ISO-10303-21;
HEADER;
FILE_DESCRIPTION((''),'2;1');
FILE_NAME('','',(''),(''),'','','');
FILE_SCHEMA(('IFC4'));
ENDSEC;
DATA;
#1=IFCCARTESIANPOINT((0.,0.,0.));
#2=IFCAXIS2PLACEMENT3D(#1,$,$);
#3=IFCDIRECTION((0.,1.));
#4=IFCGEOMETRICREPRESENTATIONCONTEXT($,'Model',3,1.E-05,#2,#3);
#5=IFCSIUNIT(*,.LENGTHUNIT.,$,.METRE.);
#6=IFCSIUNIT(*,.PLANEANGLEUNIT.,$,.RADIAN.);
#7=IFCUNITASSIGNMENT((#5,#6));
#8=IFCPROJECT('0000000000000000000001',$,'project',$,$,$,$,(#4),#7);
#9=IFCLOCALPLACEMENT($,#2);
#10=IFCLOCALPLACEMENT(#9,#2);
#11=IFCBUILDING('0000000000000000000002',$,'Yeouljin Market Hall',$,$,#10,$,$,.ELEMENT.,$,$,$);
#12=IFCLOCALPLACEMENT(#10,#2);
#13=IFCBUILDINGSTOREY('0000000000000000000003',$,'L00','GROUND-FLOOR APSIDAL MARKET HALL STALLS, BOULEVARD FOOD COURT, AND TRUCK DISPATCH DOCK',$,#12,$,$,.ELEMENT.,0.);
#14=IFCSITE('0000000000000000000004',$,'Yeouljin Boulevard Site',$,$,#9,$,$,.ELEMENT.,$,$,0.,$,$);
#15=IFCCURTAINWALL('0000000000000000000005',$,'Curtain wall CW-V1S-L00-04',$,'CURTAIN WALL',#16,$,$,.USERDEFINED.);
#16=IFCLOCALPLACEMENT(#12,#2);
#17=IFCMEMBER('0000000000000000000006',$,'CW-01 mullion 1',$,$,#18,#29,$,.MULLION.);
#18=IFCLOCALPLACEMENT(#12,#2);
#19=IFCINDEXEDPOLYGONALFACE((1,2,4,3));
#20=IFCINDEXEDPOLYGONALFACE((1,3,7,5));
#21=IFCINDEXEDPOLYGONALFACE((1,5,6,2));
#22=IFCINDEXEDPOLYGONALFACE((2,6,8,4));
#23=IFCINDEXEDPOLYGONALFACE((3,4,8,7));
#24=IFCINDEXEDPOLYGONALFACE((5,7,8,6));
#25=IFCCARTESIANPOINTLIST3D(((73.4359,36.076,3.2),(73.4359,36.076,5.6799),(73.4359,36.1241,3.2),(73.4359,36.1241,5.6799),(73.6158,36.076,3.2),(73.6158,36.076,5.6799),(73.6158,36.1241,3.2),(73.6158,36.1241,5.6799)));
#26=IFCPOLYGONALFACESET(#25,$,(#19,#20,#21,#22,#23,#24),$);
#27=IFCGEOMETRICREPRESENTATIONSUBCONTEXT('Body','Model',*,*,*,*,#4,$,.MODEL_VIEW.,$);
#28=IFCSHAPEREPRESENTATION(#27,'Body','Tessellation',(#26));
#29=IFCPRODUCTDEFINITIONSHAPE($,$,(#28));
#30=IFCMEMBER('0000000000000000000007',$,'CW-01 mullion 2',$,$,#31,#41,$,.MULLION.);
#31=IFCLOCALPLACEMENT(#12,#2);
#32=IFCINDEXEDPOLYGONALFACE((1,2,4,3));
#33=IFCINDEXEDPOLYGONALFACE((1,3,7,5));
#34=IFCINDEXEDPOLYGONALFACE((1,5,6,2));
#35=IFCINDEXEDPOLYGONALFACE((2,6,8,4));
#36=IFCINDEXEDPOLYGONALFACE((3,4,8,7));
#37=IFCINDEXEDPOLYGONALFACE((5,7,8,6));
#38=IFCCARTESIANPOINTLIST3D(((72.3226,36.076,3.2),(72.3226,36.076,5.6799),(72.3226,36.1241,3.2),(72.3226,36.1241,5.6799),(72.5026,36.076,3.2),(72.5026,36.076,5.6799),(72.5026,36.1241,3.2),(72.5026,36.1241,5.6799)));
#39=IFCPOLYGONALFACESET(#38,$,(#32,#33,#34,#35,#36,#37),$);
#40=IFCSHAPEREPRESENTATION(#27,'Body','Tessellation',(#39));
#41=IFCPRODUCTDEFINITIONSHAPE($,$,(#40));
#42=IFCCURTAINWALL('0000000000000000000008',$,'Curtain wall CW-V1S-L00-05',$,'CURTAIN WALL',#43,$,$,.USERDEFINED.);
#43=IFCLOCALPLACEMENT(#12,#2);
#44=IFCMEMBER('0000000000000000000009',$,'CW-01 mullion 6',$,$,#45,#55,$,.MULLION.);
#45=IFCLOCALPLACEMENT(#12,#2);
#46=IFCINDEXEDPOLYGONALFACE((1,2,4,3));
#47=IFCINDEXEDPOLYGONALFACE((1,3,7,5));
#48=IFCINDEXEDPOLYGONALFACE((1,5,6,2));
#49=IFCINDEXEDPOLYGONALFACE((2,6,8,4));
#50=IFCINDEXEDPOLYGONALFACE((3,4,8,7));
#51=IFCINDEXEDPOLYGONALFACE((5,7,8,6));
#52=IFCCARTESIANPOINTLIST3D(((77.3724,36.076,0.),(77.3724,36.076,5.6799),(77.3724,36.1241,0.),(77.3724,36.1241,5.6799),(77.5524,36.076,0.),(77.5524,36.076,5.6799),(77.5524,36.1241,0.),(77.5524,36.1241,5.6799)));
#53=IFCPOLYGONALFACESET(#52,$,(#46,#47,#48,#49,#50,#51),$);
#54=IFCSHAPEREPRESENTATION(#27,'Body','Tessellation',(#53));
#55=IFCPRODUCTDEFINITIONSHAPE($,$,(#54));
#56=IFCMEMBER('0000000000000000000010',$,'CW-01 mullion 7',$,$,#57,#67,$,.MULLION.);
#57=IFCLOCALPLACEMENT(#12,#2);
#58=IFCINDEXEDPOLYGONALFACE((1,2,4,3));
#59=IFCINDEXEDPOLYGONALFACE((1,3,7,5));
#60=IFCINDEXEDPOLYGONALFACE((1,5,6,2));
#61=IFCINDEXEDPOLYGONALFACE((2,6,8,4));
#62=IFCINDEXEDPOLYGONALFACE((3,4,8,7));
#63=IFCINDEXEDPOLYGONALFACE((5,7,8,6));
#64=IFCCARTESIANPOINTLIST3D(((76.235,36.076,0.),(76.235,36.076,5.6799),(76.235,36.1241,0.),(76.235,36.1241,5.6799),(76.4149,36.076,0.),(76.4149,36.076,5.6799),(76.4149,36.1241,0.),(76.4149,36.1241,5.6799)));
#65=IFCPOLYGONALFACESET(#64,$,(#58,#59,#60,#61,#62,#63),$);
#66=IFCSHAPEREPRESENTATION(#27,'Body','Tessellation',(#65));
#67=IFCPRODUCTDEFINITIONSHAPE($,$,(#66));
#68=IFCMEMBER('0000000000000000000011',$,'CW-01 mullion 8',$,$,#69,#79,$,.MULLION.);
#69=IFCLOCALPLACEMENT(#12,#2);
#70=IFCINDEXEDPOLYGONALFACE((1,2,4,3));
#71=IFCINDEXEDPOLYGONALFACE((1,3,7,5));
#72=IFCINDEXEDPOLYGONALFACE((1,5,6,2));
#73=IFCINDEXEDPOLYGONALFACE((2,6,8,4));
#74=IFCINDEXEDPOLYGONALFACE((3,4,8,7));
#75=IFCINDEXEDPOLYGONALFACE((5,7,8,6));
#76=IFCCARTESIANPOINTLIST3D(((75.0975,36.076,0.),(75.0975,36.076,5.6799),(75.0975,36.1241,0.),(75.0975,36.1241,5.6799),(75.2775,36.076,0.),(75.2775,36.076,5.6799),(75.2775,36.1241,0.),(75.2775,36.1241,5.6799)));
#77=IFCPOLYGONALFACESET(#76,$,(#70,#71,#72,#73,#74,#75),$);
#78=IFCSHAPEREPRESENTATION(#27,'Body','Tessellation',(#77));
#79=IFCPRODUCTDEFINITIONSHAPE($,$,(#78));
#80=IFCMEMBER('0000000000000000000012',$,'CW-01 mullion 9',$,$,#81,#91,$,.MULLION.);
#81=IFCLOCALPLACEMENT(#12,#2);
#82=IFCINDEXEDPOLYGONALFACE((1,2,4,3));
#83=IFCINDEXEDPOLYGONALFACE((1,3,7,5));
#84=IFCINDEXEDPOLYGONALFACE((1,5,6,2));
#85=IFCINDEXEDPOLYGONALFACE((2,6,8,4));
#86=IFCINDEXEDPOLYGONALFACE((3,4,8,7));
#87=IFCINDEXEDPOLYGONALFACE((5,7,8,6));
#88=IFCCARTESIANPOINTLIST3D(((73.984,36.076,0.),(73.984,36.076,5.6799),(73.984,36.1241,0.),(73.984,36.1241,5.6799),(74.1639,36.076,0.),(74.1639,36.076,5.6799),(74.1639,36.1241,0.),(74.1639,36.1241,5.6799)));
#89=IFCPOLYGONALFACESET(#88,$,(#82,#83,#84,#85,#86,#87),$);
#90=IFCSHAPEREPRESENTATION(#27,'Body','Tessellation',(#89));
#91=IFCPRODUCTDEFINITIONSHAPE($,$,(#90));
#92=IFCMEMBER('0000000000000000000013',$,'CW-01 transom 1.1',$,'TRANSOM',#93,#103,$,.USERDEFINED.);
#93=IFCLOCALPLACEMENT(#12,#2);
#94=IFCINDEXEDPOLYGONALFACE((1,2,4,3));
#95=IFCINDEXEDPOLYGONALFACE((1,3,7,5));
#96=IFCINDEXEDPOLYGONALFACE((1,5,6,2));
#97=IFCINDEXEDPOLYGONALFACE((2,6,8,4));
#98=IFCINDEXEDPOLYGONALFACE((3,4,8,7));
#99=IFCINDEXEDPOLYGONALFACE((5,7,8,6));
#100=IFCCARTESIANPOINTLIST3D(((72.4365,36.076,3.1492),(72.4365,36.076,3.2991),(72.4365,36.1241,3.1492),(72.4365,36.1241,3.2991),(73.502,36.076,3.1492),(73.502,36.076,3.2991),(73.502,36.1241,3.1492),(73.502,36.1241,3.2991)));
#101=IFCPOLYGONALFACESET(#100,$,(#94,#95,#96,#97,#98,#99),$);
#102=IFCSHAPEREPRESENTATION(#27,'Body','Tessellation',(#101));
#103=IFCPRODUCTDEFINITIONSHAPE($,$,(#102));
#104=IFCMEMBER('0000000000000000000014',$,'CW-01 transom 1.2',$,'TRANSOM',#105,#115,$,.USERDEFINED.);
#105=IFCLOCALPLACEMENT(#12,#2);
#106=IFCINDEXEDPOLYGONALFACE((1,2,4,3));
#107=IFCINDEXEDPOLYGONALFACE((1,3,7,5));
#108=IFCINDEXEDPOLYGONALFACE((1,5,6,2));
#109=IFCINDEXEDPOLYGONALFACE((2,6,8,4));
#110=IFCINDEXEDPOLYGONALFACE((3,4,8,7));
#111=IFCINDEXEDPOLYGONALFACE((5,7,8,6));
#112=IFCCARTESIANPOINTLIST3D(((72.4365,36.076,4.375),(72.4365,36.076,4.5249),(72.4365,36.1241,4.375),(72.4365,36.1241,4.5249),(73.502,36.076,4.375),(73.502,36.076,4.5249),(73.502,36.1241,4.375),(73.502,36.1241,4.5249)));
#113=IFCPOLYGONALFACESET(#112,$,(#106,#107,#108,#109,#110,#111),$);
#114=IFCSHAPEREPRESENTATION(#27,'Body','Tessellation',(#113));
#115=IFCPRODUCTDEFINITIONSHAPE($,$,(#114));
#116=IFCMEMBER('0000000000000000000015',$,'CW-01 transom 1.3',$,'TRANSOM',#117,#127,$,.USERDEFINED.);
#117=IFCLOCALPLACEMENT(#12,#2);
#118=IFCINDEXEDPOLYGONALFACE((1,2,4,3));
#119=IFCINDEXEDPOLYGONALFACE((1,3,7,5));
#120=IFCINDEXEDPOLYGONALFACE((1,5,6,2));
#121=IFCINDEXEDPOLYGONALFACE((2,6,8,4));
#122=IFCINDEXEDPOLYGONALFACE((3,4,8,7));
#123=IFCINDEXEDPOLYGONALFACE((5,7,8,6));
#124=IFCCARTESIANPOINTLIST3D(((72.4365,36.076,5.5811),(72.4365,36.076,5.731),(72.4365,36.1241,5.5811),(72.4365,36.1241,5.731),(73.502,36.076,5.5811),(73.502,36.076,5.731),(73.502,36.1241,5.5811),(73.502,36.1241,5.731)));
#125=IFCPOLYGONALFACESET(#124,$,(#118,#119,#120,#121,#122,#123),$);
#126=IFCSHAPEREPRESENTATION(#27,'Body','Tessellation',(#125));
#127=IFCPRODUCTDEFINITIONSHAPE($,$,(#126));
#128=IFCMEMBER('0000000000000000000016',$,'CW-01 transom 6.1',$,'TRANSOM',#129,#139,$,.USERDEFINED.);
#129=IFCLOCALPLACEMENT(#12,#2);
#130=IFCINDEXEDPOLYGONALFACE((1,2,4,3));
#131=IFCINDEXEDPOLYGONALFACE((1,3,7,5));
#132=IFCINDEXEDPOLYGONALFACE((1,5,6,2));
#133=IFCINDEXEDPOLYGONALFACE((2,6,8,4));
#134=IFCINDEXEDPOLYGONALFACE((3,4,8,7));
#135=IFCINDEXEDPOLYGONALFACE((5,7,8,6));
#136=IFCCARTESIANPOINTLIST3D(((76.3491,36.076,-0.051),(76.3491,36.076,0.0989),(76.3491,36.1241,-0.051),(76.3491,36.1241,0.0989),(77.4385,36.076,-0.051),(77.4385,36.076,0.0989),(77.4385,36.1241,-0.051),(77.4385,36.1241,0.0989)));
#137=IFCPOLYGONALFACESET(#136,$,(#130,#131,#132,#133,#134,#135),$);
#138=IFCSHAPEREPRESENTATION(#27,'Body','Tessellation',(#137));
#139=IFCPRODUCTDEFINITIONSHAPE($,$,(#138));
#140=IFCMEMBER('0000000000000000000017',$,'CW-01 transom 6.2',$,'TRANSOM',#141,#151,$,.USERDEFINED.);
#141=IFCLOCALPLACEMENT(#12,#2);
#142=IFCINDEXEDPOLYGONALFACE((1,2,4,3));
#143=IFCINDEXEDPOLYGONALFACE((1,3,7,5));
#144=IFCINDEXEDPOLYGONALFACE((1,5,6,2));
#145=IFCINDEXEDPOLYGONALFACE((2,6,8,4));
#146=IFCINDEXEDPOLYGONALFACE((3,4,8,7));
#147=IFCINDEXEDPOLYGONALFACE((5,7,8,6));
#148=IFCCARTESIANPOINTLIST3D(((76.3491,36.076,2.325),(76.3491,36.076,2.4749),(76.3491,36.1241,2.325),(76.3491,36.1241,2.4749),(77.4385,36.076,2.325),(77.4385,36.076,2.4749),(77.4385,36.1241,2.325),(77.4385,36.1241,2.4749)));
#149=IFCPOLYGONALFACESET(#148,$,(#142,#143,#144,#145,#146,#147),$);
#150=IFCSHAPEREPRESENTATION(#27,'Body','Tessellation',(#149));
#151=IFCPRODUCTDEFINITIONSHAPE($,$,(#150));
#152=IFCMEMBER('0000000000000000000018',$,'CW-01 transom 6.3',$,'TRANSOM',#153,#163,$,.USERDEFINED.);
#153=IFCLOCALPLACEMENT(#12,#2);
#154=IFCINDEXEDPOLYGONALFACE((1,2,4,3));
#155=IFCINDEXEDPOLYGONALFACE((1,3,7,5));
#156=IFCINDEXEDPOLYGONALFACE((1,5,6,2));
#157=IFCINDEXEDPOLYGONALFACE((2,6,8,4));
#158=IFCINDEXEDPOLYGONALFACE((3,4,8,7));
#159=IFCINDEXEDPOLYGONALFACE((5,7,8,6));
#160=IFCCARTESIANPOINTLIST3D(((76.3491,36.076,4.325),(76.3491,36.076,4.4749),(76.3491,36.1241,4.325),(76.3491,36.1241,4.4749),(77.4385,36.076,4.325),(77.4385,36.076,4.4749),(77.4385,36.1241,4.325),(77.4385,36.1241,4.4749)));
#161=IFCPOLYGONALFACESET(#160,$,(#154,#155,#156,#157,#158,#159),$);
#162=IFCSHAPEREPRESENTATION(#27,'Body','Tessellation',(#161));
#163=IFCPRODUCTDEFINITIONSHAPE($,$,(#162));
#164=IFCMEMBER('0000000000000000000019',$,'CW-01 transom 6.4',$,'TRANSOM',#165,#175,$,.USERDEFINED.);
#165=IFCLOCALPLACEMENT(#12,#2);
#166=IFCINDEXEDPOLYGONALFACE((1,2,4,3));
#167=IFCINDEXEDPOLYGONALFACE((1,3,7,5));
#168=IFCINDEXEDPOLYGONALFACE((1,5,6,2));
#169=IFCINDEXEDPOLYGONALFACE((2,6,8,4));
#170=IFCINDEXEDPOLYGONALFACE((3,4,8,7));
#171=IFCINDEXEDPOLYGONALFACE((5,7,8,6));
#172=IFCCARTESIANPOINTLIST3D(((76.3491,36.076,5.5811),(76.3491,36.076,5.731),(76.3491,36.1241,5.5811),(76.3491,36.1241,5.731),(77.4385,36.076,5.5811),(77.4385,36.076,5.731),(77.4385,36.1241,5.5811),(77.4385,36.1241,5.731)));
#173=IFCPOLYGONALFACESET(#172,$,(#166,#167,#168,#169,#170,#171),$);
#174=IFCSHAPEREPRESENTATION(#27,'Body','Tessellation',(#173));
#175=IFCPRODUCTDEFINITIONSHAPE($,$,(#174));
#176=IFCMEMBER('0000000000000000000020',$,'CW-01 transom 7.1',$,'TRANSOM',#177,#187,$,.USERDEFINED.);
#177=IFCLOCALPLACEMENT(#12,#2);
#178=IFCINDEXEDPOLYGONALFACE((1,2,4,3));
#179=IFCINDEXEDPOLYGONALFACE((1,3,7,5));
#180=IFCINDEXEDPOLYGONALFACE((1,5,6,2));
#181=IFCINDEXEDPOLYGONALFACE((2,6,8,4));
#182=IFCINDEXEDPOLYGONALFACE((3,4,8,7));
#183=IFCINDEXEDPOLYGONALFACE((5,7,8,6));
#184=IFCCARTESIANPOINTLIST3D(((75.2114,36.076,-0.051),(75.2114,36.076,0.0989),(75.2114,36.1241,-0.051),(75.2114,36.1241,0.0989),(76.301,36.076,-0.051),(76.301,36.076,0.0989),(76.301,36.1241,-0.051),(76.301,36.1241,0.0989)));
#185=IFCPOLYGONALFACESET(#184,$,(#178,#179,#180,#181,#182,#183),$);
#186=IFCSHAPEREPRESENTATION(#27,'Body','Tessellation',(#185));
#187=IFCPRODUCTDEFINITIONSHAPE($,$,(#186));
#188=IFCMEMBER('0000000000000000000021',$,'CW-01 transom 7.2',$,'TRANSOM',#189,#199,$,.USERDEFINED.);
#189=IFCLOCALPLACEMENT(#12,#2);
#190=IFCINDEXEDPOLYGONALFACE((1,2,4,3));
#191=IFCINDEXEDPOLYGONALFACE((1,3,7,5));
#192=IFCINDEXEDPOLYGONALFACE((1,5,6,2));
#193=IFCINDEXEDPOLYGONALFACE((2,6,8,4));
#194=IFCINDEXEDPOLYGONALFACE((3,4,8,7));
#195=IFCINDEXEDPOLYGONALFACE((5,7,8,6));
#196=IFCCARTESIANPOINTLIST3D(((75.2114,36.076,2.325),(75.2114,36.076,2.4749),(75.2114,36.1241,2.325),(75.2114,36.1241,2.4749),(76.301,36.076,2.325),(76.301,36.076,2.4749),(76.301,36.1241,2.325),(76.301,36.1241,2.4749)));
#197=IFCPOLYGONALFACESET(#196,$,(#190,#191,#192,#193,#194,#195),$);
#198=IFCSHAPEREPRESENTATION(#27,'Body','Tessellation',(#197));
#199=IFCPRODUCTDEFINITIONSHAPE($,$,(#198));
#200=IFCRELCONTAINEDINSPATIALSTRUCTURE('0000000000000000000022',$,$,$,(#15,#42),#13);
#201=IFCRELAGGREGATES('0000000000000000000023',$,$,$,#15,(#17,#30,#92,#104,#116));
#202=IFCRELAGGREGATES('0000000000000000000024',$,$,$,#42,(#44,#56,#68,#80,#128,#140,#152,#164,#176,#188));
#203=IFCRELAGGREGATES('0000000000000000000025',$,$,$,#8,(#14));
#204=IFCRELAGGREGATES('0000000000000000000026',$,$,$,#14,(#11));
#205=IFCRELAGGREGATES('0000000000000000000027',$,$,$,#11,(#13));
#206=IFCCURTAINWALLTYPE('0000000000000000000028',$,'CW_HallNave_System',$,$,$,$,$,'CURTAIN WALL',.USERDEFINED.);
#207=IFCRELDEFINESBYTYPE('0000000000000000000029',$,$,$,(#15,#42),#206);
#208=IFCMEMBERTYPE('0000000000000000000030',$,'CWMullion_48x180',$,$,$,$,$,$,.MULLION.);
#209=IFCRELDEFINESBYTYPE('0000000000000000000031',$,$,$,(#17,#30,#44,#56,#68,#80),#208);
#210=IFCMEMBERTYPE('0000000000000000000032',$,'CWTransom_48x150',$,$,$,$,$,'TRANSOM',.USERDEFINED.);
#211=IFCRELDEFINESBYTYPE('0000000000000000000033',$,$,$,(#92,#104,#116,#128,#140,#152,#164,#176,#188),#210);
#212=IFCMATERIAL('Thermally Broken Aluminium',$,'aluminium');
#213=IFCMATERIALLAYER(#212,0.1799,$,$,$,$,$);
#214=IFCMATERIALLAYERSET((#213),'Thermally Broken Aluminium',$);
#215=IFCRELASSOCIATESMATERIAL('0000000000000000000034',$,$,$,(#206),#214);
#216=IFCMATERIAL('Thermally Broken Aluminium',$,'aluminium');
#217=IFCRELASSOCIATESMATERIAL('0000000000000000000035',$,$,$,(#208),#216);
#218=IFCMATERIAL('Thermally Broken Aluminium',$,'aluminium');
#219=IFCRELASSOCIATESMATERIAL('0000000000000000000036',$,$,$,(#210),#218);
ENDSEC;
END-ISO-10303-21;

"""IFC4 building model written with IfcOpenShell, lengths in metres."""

from ifc_helpers import new_model, si_unit, direction, frame, origin, origin_2d, place, context, subcontext, project, spatial, rectangle, extrude, material, layer, layer_set, material_profile, profile_set, type_object, element, aggregate, save


model = new_model("IFC4")

# Units and contexts
model_context = context("Model", 3, precision=1e-05, world=origin(), true_north=direction((0.0, 1.0)))
body_context = subcontext(model_context, "Body", "Model", "MODEL_VIEW")
ifc_project = project(units=[si_unit("LENGTHUNIT", "METRE"), si_unit("PLANEANGLEUNIT", "RADIAN")], contexts=[model_context])

# Site, building, storey
site_placement = place(None, origin())
site = spatial("IfcSite", under=ifc_project, at=site_placement, Name="Yeouljin Boulevard Site", CompositionType="ELEMENT", RefElevation=0.0)
building_placement = place(site_placement, origin())
building = spatial("IfcBuilding", under=site, at=building_placement, Name="Yeouljin Market Hall", CompositionType="ELEMENT")
storey_placement = place(building_placement, origin())
storey = spatial("IfcBuildingStorey", under=building, at=storey_placement, Name="L00", Description="GROUND-FLOOR APSIDAL MARKET HALL STALLS, BOULEVARD FOOD COURT, AND TRUCK DISPATCH DOCK", CompositionType="ELEMENT", Elevation=0.0)

# Curtain walls, members
ifc_material_1 = material(Name="Thermally Broken Aluminium", Category="aluminium")
ifc_layer_1 = layer(ifc_material_1, 0.1799)
ifc_layer_set_1 = layer_set([ifc_layer_1], Name="Thermally Broken Aluminium")
curtain_wall_type = type_object("IfcCurtainWallType", Name="CW_HallNave_System", ElementType="CURTAIN WALL", PredefinedType="USERDEFINED", material=ifc_layer_set_1)
curtain_wall_1_placement = place(storey_placement, origin())
curtain_wall_1 = element("IfcCurtainWall", 1, at=curtain_wall_1_placement, inside=storey, type_object=curtain_wall_type, Name="Curtain wall CW-V1S-L00-04", ObjectType="CURTAIN WALL", PredefinedType="USERDEFINED")
ifc_material_2 = material(Name="Thermally Broken Aluminium", Category="aluminium")
ifc_material_profile_1 = material_profile(ifc_material_2, rectangle(XDim=0.0481, YDim=0.1799, at=origin_2d()), Name="CW-MULL-48x180")
ifc_profile_set_1 = profile_set([ifc_material_profile_1], Name="Thermally Broken Aluminium")
member_type_1 = type_object("IfcMemberType", Name="CWMullion_48x180", PredefinedType="MULLION", material=ifc_profile_set_1)
member_1_placement = place(storey_placement, frame((73.5259, 36.1001, 3.2), z_axis=(0.0, 0.0, 1.0), x_axis=(0.0, -1.0, 0.0)))
member_1 = element("IfcMember", 2, at=member_1_placement, type_object=member_type_1, Name="CW-01 mullion 1", PredefinedType="MULLION", context=body_context, shape_type="SweptSolid", body=[
    extrude(rectangle(XDim=0.0481, YDim=0.1799, at=origin_2d()), origin(), (0.0, 0.0, 1.0), 2.48),
])
member_2_placement = place(storey_placement, frame((72.4126, 36.1001, 3.2), z_axis=(0.0, 0.0, 1.0), x_axis=(0.0, -1.0, 0.0)))
member_2 = element("IfcMember", 3, at=member_2_placement, type_object=member_type_1, Name="CW-01 mullion 2", PredefinedType="MULLION", context=body_context, shape_type="SweptSolid", body=[
    extrude(rectangle(XDim=0.0481, YDim=0.1799, at=origin_2d()), origin(), (0.0, 0.0, 1.0), 2.48),
])
curtain_wall_2_placement = place(storey_placement, origin())
curtain_wall_2 = element("IfcCurtainWall", 4, at=curtain_wall_2_placement, inside=storey, type_object=curtain_wall_type, Name="Curtain wall CW-V1S-L00-05", ObjectType="CURTAIN WALL", PredefinedType="USERDEFINED")
member_3_placement = place(storey_placement, frame((77.4624, 36.1001, 0.0), z_axis=(0.0, 0.0, 1.0), x_axis=(0.0, -1.0, 0.0)))
member_3 = element("IfcMember", 5, at=member_3_placement, type_object=member_type_1, Name="CW-01 mullion 6", PredefinedType="MULLION", context=body_context, shape_type="SweptSolid", body=[
    extrude(rectangle(XDim=0.0481, YDim=0.1799, at=origin_2d()), origin(), (0.0, 0.0, 1.0), 5.6799),
])
member_4_placement = place(storey_placement, frame((76.325, 36.1001, 0.0), z_axis=(0.0, 0.0, 1.0), x_axis=(0.0, -1.0, 0.0)))
member_4 = element("IfcMember", 6, at=member_4_placement, type_object=member_type_1, Name="CW-01 mullion 7", PredefinedType="MULLION", context=body_context, shape_type="SweptSolid", body=[
    extrude(rectangle(XDim=0.0481, YDim=0.1799, at=origin_2d()), origin(), (0.0, 0.0, 1.0), 5.6799),
])
member_5_placement = place(storey_placement, frame((75.1875, 36.1001, 0.0), z_axis=(0.0, 0.0, 1.0), x_axis=(0.0, -1.0, 0.0)))
member_5 = element("IfcMember", 7, at=member_5_placement, type_object=member_type_1, Name="CW-01 mullion 8", PredefinedType="MULLION", context=body_context, shape_type="SweptSolid", body=[
    extrude(rectangle(XDim=0.0481, YDim=0.1799, at=origin_2d()), origin(), (0.0, 0.0, 1.0), 5.6799),
])
member_6_placement = place(storey_placement, frame((74.074, 36.1001, 0.0), z_axis=(0.0, 0.0, 1.0), x_axis=(0.0, -1.0, 0.0)))
member_6 = element("IfcMember", 8, at=member_6_placement, type_object=member_type_1, Name="CW-01 mullion 9", PredefinedType="MULLION", context=body_context, shape_type="SweptSolid", body=[
    extrude(rectangle(XDim=0.0481, YDim=0.1799, at=origin_2d()), origin(), (0.0, 0.0, 1.0), 5.6799),
])

# Members
ifc_material_3 = material(Name="Thermally Broken Aluminium", Category="aluminium")
ifc_material_profile_2 = material_profile(ifc_material_3, rectangle(XDim=0.0481, YDim=0.1499, at=origin_2d()), Name="CW-TRAN-48x150")
ifc_profile_set_2 = profile_set([ifc_material_profile_2], Name="Thermally Broken Aluminium")
member_type_2 = type_object("IfcMemberType", Name="CWTransom_48x150", ElementType="TRANSOM", PredefinedType="USERDEFINED", material=ifc_profile_set_2)
member_7_placement = place(storey_placement, frame((73.502, 36.1001, 3.2241), z_axis=(-1.0, 0.0, 0.0), x_axis=(0.0, -1.0, 0.0)))
member_7 = element("IfcMember", 9, at=member_7_placement, type_object=member_type_2, Name="CW-01 transom 1.1", ObjectType="TRANSOM", PredefinedType="USERDEFINED", context=body_context, shape_type="SweptSolid", body=[
    extrude(rectangle(XDim=0.0481, YDim=0.1499, at=origin_2d()), origin(), (0.0, 0.0, 1.0), 1.0654),
])
member_8_placement = place(storey_placement, frame((73.502, 36.1001, 4.45), z_axis=(-1.0, 0.0, 0.0), x_axis=(0.0, -1.0, 0.0)))
member_8 = element("IfcMember", 10, at=member_8_placement, type_object=member_type_2, Name="CW-01 transom 1.2", ObjectType="TRANSOM", PredefinedType="USERDEFINED", context=body_context, shape_type="SweptSolid", body=[
    extrude(rectangle(XDim=0.0481, YDim=0.1499, at=origin_2d()), origin(), (0.0, 0.0, 1.0), 1.0654),
])
member_9_placement = place(storey_placement, frame((73.502, 36.1001, 5.656), z_axis=(-1.0, 0.0, 0.0), x_axis=(0.0, -1.0, 0.0)))
member_9 = element("IfcMember", 11, at=member_9_placement, type_object=member_type_2, Name="CW-01 transom 1.3", ObjectType="TRANSOM", PredefinedType="USERDEFINED", context=body_context, shape_type="SweptSolid", body=[
    extrude(rectangle(XDim=0.0481, YDim=0.1499, at=origin_2d()), origin(), (0.0, 0.0, 1.0), 1.0654),
])
member_10_placement = place(storey_placement, frame((77.4385, 36.1001, 0.0239), z_axis=(-1.0, 0.0, 0.0), x_axis=(0.0, -1.0, 0.0)))
member_10 = element("IfcMember", 12, at=member_10_placement, type_object=member_type_2, Name="CW-01 transom 6.1", ObjectType="TRANSOM", PredefinedType="USERDEFINED", context=body_context, shape_type="SweptSolid", body=[
    extrude(rectangle(XDim=0.0481, YDim=0.1499, at=origin_2d()), origin(), (0.0, 0.0, 1.0), 1.0894),
])
member_11_placement = place(storey_placement, frame((77.4385, 36.1001, 2.3999), z_axis=(-1.0, 0.0, 0.0), x_axis=(0.0, -1.0, 0.0)))
member_11 = element("IfcMember", 13, at=member_11_placement, type_object=member_type_2, Name="CW-01 transom 6.2", ObjectType="TRANSOM", PredefinedType="USERDEFINED", context=body_context, shape_type="SweptSolid", body=[
    extrude(rectangle(XDim=0.0481, YDim=0.1499, at=origin_2d()), origin(), (0.0, 0.0, 1.0), 1.0894),
])
member_12_placement = place(storey_placement, frame((77.4385, 36.1001, 4.3999), z_axis=(-1.0, 0.0, 0.0), x_axis=(0.0, -1.0, 0.0)))
member_12 = element("IfcMember", 14, at=member_12_placement, type_object=member_type_2, Name="CW-01 transom 6.3", ObjectType="TRANSOM", PredefinedType="USERDEFINED", context=body_context, shape_type="SweptSolid", body=[
    extrude(rectangle(XDim=0.0481, YDim=0.1499, at=origin_2d()), origin(), (0.0, 0.0, 1.0), 1.0894),
])
member_13_placement = place(storey_placement, frame((77.4385, 36.1001, 5.656), z_axis=(-1.0, 0.0, 0.0), x_axis=(0.0, -1.0, 0.0)))
member_13 = element("IfcMember", 15, at=member_13_placement, type_object=member_type_2, Name="CW-01 transom 6.4", ObjectType="TRANSOM", PredefinedType="USERDEFINED", context=body_context, shape_type="SweptSolid", body=[
    extrude(rectangle(XDim=0.0481, YDim=0.1499, at=origin_2d()), origin(), (0.0, 0.0, 1.0), 1.0894),
])
member_14_placement = place(storey_placement, frame((76.301, 36.1001, 0.0239), z_axis=(-1.0, 0.0, 0.0), x_axis=(0.0, -1.0, 0.0)))
member_14 = element("IfcMember", 16, at=member_14_placement, type_object=member_type_2, Name="CW-01 transom 7.1", ObjectType="TRANSOM", PredefinedType="USERDEFINED", context=body_context, shape_type="SweptSolid", body=[
    extrude(rectangle(XDim=0.0481, YDim=0.1499, at=origin_2d()), origin(), (0.0, 0.0, 1.0), 1.0896),
])
member_15_placement = place(storey_placement, frame((76.301, 36.1001, 2.3999), z_axis=(-1.0, 0.0, 0.0), x_axis=(0.0, -1.0, 0.0)))
member_15 = element("IfcMember", 17, at=member_15_placement, type_object=member_type_2, Name="CW-01 transom 7.2", ObjectType="TRANSOM", PredefinedType="USERDEFINED", context=body_context, shape_type="SweptSolid", body=[
    extrude(rectangle(XDim=0.0481, YDim=0.1499, at=origin_2d()), origin(), (0.0, 0.0, 1.0), 1.0896),
])

aggregate(curtain_wall_1, [member_1, member_2, member_7, member_8, member_9])
aggregate(curtain_wall_2, [member_3, member_4, member_5, member_6, member_10, member_11, member_12, member_13, member_14, member_15])

save(model, "model.ifc")
